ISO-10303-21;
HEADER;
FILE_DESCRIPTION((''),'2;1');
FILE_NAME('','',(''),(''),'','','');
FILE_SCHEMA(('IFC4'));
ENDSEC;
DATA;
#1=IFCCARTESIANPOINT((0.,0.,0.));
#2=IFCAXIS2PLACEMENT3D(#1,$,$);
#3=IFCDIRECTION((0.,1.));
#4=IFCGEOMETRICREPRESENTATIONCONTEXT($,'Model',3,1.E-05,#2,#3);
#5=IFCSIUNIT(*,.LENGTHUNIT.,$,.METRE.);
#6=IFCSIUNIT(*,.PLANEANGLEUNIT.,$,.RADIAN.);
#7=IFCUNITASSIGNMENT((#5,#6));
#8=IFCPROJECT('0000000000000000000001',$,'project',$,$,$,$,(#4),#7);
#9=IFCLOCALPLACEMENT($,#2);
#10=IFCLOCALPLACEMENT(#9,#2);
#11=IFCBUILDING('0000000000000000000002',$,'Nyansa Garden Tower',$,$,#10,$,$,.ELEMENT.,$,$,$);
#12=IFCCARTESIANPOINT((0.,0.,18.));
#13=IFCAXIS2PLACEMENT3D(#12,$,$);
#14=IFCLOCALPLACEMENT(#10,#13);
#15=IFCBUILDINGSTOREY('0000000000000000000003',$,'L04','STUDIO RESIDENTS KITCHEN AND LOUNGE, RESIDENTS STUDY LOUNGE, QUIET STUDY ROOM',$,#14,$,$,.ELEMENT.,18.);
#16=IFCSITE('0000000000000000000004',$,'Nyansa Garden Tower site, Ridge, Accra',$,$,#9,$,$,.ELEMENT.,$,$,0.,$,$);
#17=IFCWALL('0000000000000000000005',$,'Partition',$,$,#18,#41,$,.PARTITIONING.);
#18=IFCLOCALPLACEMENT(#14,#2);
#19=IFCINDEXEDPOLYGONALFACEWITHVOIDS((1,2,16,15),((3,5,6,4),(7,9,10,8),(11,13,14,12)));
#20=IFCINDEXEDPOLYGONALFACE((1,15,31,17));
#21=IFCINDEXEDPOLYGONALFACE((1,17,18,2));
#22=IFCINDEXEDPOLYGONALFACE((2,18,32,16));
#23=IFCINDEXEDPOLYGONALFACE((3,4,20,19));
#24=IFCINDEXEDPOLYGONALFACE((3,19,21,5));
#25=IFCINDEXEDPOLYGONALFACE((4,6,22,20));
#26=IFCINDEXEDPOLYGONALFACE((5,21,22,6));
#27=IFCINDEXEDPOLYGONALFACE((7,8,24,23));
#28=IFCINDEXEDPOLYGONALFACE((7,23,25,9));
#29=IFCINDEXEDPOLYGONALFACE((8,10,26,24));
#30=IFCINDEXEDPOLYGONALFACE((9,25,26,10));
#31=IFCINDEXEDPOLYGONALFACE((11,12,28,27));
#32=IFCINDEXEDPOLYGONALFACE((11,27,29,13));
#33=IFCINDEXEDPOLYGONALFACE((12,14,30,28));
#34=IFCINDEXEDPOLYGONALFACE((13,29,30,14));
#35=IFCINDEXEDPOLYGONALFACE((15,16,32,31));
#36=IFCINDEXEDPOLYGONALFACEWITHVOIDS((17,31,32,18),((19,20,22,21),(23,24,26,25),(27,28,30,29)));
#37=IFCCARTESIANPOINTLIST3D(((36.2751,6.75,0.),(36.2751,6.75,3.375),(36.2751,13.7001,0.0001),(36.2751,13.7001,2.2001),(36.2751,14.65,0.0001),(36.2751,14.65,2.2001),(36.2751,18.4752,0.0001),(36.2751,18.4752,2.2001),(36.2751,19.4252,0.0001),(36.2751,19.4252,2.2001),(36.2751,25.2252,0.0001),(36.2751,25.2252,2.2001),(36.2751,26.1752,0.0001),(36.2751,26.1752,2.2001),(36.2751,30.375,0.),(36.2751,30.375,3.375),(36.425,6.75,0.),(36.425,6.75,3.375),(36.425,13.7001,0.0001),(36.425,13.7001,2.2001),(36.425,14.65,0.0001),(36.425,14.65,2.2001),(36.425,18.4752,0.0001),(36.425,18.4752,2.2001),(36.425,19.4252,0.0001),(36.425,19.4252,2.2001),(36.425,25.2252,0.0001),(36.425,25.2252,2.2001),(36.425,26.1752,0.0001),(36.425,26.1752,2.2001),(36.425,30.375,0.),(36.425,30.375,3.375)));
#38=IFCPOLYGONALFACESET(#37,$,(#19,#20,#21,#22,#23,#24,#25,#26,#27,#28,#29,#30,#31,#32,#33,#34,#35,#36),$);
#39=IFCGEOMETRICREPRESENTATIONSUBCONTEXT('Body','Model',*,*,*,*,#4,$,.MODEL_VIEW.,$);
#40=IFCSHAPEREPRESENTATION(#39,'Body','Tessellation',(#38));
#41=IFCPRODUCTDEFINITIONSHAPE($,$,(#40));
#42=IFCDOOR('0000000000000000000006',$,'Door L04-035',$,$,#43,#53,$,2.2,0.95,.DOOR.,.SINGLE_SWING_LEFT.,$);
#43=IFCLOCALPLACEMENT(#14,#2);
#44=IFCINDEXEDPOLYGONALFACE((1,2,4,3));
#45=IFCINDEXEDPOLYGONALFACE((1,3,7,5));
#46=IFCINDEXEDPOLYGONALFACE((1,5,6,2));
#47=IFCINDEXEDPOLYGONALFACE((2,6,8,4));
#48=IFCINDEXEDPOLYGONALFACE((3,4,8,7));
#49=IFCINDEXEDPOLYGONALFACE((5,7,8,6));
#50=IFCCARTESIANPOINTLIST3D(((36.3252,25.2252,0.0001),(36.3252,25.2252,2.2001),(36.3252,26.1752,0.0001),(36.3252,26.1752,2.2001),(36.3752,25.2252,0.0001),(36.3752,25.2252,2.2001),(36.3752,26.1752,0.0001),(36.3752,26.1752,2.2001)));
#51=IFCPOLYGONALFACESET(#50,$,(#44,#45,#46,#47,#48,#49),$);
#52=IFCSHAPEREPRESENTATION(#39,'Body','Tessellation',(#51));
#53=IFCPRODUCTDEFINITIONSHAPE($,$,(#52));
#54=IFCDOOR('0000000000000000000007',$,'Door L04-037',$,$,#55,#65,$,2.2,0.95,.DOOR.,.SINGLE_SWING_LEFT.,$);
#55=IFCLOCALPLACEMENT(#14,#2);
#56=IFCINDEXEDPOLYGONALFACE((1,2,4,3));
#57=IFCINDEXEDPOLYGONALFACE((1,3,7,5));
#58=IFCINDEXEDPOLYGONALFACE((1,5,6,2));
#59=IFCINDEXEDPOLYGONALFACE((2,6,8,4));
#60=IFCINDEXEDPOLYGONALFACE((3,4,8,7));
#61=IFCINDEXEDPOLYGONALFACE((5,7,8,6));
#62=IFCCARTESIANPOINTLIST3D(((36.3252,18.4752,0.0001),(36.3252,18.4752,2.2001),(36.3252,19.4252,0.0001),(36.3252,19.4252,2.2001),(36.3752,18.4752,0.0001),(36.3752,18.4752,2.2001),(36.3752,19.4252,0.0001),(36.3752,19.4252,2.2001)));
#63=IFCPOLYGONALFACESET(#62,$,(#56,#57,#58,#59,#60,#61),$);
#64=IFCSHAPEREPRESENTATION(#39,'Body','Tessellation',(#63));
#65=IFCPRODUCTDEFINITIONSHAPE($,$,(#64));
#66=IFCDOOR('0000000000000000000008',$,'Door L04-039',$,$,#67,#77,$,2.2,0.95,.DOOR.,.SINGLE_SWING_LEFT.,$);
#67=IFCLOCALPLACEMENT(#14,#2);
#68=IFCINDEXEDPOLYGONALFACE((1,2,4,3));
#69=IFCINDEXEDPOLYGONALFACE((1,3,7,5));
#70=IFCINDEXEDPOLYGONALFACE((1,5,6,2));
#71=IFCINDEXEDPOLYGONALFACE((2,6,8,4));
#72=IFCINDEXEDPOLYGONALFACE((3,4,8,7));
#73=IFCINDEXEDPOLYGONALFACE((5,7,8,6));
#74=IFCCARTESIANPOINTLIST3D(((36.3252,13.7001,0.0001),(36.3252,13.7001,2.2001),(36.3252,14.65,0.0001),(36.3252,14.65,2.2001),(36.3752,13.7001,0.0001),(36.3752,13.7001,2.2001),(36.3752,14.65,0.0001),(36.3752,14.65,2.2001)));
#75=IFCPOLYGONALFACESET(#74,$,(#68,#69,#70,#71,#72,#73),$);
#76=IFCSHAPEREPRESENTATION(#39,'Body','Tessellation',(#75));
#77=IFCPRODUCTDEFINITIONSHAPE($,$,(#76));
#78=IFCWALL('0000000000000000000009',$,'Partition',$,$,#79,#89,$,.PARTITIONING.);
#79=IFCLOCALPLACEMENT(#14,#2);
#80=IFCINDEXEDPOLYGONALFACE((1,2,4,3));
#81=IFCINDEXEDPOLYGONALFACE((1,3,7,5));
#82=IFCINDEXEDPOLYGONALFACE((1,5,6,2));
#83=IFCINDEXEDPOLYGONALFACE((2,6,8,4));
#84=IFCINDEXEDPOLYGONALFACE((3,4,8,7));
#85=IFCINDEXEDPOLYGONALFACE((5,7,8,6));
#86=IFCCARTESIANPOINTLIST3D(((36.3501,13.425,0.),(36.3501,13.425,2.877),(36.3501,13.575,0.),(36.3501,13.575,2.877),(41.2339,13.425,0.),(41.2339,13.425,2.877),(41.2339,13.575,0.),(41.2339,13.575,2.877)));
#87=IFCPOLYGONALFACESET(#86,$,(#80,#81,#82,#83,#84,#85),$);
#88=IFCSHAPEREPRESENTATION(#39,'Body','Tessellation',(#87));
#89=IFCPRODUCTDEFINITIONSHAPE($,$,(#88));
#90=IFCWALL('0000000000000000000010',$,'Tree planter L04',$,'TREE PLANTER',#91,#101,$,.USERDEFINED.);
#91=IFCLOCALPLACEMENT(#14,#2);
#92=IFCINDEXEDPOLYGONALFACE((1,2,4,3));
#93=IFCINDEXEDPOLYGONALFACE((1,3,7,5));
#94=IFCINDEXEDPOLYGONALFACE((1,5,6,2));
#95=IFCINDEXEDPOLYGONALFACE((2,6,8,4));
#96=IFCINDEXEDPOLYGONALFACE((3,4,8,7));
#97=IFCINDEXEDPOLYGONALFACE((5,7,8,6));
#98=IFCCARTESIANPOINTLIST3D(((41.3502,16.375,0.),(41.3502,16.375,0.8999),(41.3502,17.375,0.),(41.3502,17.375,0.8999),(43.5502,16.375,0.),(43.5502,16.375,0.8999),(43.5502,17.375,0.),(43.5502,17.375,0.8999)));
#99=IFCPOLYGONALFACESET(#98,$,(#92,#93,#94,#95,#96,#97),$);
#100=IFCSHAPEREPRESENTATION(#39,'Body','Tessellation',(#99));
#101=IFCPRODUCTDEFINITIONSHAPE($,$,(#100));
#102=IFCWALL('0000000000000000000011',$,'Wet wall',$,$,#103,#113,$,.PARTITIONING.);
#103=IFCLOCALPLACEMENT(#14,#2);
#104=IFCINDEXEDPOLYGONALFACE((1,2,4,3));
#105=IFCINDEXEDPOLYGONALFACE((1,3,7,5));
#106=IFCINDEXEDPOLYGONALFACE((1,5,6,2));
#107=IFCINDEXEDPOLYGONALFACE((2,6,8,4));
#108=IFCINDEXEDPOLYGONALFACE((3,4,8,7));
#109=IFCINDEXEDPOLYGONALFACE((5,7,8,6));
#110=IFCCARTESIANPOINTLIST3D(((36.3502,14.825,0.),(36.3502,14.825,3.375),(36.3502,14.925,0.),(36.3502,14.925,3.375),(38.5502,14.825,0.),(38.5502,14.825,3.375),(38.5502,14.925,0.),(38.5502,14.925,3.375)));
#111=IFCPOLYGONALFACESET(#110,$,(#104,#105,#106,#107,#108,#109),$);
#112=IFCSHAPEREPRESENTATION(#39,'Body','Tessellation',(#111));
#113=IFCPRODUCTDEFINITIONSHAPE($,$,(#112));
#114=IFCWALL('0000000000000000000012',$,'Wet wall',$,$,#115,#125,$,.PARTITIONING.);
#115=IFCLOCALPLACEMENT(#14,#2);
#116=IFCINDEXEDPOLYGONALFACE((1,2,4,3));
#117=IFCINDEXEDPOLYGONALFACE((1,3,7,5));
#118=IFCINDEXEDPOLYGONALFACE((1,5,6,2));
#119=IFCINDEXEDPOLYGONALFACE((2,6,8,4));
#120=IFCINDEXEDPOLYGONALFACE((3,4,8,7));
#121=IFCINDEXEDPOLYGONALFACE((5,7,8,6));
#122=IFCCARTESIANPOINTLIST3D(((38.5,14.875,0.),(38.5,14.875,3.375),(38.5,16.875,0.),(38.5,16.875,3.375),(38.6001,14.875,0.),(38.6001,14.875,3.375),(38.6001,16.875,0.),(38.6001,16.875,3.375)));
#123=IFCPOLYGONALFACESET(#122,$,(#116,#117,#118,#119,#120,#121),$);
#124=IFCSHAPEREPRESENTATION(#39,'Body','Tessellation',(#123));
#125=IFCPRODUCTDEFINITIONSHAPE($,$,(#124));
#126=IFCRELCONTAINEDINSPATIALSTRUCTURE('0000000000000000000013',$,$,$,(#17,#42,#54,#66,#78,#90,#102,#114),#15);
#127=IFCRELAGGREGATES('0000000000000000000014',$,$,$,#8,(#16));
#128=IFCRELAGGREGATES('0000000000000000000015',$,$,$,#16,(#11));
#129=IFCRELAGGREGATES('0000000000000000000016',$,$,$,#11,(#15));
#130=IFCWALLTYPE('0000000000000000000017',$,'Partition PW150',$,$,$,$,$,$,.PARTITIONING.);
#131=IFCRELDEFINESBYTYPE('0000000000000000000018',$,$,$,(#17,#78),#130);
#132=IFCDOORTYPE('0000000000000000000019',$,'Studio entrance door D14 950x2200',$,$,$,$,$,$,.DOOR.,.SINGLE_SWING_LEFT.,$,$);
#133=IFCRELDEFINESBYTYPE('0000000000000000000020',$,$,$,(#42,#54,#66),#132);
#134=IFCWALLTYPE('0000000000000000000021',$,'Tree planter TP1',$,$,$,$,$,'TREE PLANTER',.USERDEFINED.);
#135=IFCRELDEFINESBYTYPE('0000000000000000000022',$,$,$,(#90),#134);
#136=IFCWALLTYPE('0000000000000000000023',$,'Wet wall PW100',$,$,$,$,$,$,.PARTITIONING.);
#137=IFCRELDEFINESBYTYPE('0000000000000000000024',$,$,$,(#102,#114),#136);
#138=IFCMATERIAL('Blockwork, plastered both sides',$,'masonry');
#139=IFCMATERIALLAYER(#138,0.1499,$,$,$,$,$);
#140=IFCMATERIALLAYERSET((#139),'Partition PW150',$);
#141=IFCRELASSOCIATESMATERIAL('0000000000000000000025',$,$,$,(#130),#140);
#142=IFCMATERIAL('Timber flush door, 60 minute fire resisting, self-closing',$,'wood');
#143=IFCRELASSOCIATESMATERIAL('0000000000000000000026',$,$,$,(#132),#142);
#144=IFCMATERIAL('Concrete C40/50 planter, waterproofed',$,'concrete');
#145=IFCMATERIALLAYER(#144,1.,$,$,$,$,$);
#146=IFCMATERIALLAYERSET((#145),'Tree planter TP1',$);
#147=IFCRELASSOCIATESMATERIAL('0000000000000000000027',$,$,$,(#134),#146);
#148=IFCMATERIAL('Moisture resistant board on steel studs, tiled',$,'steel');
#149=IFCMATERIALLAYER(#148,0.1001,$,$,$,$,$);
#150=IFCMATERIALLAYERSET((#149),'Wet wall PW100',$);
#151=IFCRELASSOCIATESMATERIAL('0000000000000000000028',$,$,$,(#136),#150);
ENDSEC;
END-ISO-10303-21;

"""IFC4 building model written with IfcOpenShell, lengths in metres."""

from ifc_helpers import new_model, si_unit, direction, frame, frame_2d, origin, place, context, subcontext, project, spatial, rectangle, extrude, material, layer, layer_set, type_object, element, fill, save


model = new_model("IFC4")

# Units and contexts
model_context = context("Model", 3, precision=1e-05, world=origin(), true_north=direction((0.0, 1.0)))
body_context = subcontext(model_context, "Body", "Model", "MODEL_VIEW")
ifc_project = project(units=[si_unit("LENGTHUNIT", "METRE"), si_unit("PLANEANGLEUNIT", "RADIAN")], contexts=[model_context])

# Site, building, storey
site_placement = place(None, origin())
site = spatial("IfcSite", under=ifc_project, at=site_placement, Name="Nyansa Garden Tower site, Ridge, Accra", CompositionType="ELEMENT", RefElevation=0.0)
building_placement = place(site_placement, origin())
building = spatial("IfcBuilding", under=site, at=building_placement, Name="Nyansa Garden Tower", CompositionType="ELEMENT")
storey_placement = place(building_placement, frame((0.0, 0.0, 18.0)))
storey = spatial("IfcBuildingStorey", under=building, at=storey_placement, Name="L04", Description="STUDIO RESIDENTS KITCHEN AND LOUNGE, RESIDENTS STUDY LOUNGE, QUIET STUDY ROOM", CompositionType="ELEMENT", Elevation=18.0)

# Shared definitions
ifc_material_1 = material(Name="Blockwork, plastered both sides", Category="masonry")
ifc_layer_1 = layer(ifc_material_1, 0.1499)
ifc_layer_set_1 = layer_set([ifc_layer_1], Name="Partition PW150")
wall_type_1 = type_object("IfcWallType", Name="Partition PW150", PredefinedType="PARTITIONING", material=ifc_layer_set_1)

# Wall, openings, doors
wall_1_placement = place(storey_placement, frame((36.3501, 6.75, 0.0), z_axis=(0.0, 0.0, 1.0), x_axis=(0.0, 1.0, 0.0)))
wall_1 = element("IfcWall", 1, at=wall_1_placement, inside=storey, type_object=wall_type_1, Name="Partition", PredefinedType="PARTITIONING", context=body_context, shape_type="SweptSolid", body=[
    extrude(rectangle(XDim=23.625, YDim=0.1499, at=frame_2d((11.8125, 0.0))), origin(), (0.0, 0.0, 1.0), 3.375),
])
opening_1_placement = place(wall_1_placement, frame((18.4751, 0.0, 0.0)))
opening_1 = element("IfcOpeningElement", 2, at=opening_1_placement, cuts=wall_1, PredefinedType="OPENING", context=body_context, shape_type="SweptSolid", body=[
    extrude(rectangle(XDim=0.95, YDim=2.2, at=frame_2d((0.4751, 1.1001))), frame((0.0, 0.085, 0.0), z_axis=(0.0, -1.0, 0.0), x_axis=(1.0, 0.0, 0.0)), (0.0, 0.0, 1.0), 0.1699),
])
opening_2_placement = place(wall_1_placement, frame((11.7251, 0.0, 0.0)))
opening_2 = element("IfcOpeningElement", 3, at=opening_2_placement, cuts=wall_1, PredefinedType="OPENING", context=body_context, shape_type="SweptSolid", body=[
    extrude(rectangle(XDim=0.95, YDim=2.2, at=frame_2d((0.4751, 1.1001))), frame((0.0, 0.085, 0.0), z_axis=(0.0, -1.0, 0.0), x_axis=(1.0, 0.0, 0.0)), (0.0, 0.0, 1.0), 0.1699),
])
opening_3_placement = place(wall_1_placement, frame((6.95, 0.0, 0.0)))
opening_3 = element("IfcOpeningElement", 4, at=opening_3_placement, cuts=wall_1, PredefinedType="OPENING", context=body_context, shape_type="SweptSolid", body=[
    extrude(rectangle(XDim=0.95, YDim=2.2, at=frame_2d((0.4751, 1.1001))), frame((0.0, 0.085, 0.0), z_axis=(0.0, -1.0, 0.0), x_axis=(1.0, 0.0, 0.0)), (0.0, 0.0, 1.0), 0.1699),
])
ifc_material_2 = material(Name="Timber flush door, 60 minute fire resisting, self-closing", Category="wood")
door_type_1 = type_object("IfcDoorType", Name="Studio entrance door D14 950x2200", OperationType="SINGLE_SWING_LEFT", PredefinedType="DOOR", material=ifc_material_2)
door_1_placement = place(opening_1_placement, origin())
door_1 = element("IfcDoor", 5, at=door_1_placement, inside=storey, type_object=door_type_1, Name="Door L04-035", OperationType="SINGLE_SWING_LEFT", OverallHeight=2.2, OverallWidth=0.95, PredefinedType="DOOR", context=body_context, shape_type="SweptSolid", body=[
    extrude(rectangle(XDim=0.95, YDim=2.2, at=frame_2d((0.4751, 1.1001))), frame((0.0, 0.0249, 0.0), z_axis=(0.0, -1.0, 0.0), x_axis=(1.0, 0.0, 0.0)), (0.0, 0.0, 1.0), 0.05),
])
fill(opening_1, door_1)
door_2_placement = place(opening_2_placement, origin())
door_2 = element("IfcDoor", 6, at=door_2_placement, inside=storey, type_object=door_type_1, Name="Door L04-037", OperationType="SINGLE_SWING_LEFT", OverallHeight=2.2, OverallWidth=0.95, PredefinedType="DOOR", context=body_context, shape_type="SweptSolid", body=[
    extrude(rectangle(XDim=0.95, YDim=2.2, at=frame_2d((0.4751, 1.1001))), frame((0.0, 0.0249, 0.0), z_axis=(0.0, -1.0, 0.0), x_axis=(1.0, 0.0, 0.0)), (0.0, 0.0, 1.0), 0.05),
])
fill(opening_2, door_2)
door_3_placement = place(opening_3_placement, origin())
door_3 = element("IfcDoor", 7, at=door_3_placement, inside=storey, type_object=door_type_1, Name="Door L04-039", OperationType="SINGLE_SWING_LEFT", OverallHeight=2.2, OverallWidth=0.95, PredefinedType="DOOR", context=body_context, shape_type="SweptSolid", body=[
    extrude(rectangle(XDim=0.95, YDim=2.2, at=frame_2d((0.4751, 1.1001))), frame((0.0, 0.0249, 0.0), z_axis=(0.0, -1.0, 0.0), x_axis=(1.0, 0.0, 0.0)), (0.0, 0.0, 1.0), 0.05),
])
fill(opening_3, door_3)

# Walls
wall_2_placement = place(storey_placement, frame((36.3501, 13.5, 0.0), z_axis=(0.0, 0.0, 1.0), x_axis=(1.0, 0.0, 0.0)))
element("IfcWall", 8, at=wall_2_placement, inside=storey, type_object=wall_type_1, Name="Partition", PredefinedType="PARTITIONING", context=body_context, shape_type="SweptSolid", body=[
    extrude(rectangle(XDim=4.8838, YDim=0.1499, at=frame_2d((2.4419, 0.0))), origin(), (0.0, 0.0, 1.0), 2.877),
])
ifc_material_3 = material(Name="Concrete C40/50 planter, waterproofed", Category="concrete")
ifc_layer_2 = layer(ifc_material_3, 1.0)
ifc_layer_set_2 = layer_set([ifc_layer_2], Name="Tree planter TP1")
wall_type_2 = type_object("IfcWallType", Name="Tree planter TP1", ElementType="TREE PLANTER", PredefinedType="USERDEFINED", material=ifc_layer_set_2)
wall_3_placement = place(storey_placement, frame((41.3501, 16.875, 0.0), z_axis=(0.0, 0.0, 1.0), x_axis=(1.0, 0.0, 0.0)))
element("IfcWall", 9, at=wall_3_placement, inside=storey, type_object=wall_type_2, Name="Tree planter L04", ObjectType="TREE PLANTER", PredefinedType="USERDEFINED", context=body_context, shape_type="SweptSolid", body=[
    extrude(rectangle(XDim=2.2, YDim=1.0, at=frame_2d((1.1001, 0.0))), origin(), (0.0, 0.0, 1.0), 0.8999),
])
ifc_material_4 = material(Name="Moisture resistant board on steel studs, tiled", Category="steel")
ifc_layer_3 = layer(ifc_material_4, 0.1001)
ifc_layer_set_3 = layer_set([ifc_layer_3], Name="Wet wall PW100")
wall_type_3 = type_object("IfcWallType", Name="Wet wall PW100", PredefinedType="PARTITIONING", material=ifc_layer_set_3)
wall_4_placement = place(storey_placement, frame((36.3501, 14.875, 0.0), z_axis=(0.0, 0.0, 1.0), x_axis=(1.0, 0.0, 0.0)))
element("IfcWall", 10, at=wall_4_placement, inside=storey, type_object=wall_type_3, Name="Wet wall", PredefinedType="PARTITIONING", context=body_context, shape_type="SweptSolid", body=[
    extrude(rectangle(XDim=2.2, YDim=0.1001, at=frame_2d((1.1001, 0.0))), origin(), (0.0, 0.0, 1.0), 3.375),
])
wall_5_placement = place(storey_placement, frame((38.55, 14.875, 0.0), z_axis=(0.0, 0.0, 1.0), x_axis=(0.0, 1.0, 0.0)))
element("IfcWall", 11, at=wall_5_placement, inside=storey, type_object=wall_type_3, Name="Wet wall", PredefinedType="PARTITIONING", context=body_context, shape_type="SweptSolid", body=[
    extrude(rectangle(XDim=2.0, YDim=0.1001, at=frame_2d((1.0, 0.0))), origin(), (0.0, 0.0, 1.0), 3.375),
])

save(model, "model.ifc")
